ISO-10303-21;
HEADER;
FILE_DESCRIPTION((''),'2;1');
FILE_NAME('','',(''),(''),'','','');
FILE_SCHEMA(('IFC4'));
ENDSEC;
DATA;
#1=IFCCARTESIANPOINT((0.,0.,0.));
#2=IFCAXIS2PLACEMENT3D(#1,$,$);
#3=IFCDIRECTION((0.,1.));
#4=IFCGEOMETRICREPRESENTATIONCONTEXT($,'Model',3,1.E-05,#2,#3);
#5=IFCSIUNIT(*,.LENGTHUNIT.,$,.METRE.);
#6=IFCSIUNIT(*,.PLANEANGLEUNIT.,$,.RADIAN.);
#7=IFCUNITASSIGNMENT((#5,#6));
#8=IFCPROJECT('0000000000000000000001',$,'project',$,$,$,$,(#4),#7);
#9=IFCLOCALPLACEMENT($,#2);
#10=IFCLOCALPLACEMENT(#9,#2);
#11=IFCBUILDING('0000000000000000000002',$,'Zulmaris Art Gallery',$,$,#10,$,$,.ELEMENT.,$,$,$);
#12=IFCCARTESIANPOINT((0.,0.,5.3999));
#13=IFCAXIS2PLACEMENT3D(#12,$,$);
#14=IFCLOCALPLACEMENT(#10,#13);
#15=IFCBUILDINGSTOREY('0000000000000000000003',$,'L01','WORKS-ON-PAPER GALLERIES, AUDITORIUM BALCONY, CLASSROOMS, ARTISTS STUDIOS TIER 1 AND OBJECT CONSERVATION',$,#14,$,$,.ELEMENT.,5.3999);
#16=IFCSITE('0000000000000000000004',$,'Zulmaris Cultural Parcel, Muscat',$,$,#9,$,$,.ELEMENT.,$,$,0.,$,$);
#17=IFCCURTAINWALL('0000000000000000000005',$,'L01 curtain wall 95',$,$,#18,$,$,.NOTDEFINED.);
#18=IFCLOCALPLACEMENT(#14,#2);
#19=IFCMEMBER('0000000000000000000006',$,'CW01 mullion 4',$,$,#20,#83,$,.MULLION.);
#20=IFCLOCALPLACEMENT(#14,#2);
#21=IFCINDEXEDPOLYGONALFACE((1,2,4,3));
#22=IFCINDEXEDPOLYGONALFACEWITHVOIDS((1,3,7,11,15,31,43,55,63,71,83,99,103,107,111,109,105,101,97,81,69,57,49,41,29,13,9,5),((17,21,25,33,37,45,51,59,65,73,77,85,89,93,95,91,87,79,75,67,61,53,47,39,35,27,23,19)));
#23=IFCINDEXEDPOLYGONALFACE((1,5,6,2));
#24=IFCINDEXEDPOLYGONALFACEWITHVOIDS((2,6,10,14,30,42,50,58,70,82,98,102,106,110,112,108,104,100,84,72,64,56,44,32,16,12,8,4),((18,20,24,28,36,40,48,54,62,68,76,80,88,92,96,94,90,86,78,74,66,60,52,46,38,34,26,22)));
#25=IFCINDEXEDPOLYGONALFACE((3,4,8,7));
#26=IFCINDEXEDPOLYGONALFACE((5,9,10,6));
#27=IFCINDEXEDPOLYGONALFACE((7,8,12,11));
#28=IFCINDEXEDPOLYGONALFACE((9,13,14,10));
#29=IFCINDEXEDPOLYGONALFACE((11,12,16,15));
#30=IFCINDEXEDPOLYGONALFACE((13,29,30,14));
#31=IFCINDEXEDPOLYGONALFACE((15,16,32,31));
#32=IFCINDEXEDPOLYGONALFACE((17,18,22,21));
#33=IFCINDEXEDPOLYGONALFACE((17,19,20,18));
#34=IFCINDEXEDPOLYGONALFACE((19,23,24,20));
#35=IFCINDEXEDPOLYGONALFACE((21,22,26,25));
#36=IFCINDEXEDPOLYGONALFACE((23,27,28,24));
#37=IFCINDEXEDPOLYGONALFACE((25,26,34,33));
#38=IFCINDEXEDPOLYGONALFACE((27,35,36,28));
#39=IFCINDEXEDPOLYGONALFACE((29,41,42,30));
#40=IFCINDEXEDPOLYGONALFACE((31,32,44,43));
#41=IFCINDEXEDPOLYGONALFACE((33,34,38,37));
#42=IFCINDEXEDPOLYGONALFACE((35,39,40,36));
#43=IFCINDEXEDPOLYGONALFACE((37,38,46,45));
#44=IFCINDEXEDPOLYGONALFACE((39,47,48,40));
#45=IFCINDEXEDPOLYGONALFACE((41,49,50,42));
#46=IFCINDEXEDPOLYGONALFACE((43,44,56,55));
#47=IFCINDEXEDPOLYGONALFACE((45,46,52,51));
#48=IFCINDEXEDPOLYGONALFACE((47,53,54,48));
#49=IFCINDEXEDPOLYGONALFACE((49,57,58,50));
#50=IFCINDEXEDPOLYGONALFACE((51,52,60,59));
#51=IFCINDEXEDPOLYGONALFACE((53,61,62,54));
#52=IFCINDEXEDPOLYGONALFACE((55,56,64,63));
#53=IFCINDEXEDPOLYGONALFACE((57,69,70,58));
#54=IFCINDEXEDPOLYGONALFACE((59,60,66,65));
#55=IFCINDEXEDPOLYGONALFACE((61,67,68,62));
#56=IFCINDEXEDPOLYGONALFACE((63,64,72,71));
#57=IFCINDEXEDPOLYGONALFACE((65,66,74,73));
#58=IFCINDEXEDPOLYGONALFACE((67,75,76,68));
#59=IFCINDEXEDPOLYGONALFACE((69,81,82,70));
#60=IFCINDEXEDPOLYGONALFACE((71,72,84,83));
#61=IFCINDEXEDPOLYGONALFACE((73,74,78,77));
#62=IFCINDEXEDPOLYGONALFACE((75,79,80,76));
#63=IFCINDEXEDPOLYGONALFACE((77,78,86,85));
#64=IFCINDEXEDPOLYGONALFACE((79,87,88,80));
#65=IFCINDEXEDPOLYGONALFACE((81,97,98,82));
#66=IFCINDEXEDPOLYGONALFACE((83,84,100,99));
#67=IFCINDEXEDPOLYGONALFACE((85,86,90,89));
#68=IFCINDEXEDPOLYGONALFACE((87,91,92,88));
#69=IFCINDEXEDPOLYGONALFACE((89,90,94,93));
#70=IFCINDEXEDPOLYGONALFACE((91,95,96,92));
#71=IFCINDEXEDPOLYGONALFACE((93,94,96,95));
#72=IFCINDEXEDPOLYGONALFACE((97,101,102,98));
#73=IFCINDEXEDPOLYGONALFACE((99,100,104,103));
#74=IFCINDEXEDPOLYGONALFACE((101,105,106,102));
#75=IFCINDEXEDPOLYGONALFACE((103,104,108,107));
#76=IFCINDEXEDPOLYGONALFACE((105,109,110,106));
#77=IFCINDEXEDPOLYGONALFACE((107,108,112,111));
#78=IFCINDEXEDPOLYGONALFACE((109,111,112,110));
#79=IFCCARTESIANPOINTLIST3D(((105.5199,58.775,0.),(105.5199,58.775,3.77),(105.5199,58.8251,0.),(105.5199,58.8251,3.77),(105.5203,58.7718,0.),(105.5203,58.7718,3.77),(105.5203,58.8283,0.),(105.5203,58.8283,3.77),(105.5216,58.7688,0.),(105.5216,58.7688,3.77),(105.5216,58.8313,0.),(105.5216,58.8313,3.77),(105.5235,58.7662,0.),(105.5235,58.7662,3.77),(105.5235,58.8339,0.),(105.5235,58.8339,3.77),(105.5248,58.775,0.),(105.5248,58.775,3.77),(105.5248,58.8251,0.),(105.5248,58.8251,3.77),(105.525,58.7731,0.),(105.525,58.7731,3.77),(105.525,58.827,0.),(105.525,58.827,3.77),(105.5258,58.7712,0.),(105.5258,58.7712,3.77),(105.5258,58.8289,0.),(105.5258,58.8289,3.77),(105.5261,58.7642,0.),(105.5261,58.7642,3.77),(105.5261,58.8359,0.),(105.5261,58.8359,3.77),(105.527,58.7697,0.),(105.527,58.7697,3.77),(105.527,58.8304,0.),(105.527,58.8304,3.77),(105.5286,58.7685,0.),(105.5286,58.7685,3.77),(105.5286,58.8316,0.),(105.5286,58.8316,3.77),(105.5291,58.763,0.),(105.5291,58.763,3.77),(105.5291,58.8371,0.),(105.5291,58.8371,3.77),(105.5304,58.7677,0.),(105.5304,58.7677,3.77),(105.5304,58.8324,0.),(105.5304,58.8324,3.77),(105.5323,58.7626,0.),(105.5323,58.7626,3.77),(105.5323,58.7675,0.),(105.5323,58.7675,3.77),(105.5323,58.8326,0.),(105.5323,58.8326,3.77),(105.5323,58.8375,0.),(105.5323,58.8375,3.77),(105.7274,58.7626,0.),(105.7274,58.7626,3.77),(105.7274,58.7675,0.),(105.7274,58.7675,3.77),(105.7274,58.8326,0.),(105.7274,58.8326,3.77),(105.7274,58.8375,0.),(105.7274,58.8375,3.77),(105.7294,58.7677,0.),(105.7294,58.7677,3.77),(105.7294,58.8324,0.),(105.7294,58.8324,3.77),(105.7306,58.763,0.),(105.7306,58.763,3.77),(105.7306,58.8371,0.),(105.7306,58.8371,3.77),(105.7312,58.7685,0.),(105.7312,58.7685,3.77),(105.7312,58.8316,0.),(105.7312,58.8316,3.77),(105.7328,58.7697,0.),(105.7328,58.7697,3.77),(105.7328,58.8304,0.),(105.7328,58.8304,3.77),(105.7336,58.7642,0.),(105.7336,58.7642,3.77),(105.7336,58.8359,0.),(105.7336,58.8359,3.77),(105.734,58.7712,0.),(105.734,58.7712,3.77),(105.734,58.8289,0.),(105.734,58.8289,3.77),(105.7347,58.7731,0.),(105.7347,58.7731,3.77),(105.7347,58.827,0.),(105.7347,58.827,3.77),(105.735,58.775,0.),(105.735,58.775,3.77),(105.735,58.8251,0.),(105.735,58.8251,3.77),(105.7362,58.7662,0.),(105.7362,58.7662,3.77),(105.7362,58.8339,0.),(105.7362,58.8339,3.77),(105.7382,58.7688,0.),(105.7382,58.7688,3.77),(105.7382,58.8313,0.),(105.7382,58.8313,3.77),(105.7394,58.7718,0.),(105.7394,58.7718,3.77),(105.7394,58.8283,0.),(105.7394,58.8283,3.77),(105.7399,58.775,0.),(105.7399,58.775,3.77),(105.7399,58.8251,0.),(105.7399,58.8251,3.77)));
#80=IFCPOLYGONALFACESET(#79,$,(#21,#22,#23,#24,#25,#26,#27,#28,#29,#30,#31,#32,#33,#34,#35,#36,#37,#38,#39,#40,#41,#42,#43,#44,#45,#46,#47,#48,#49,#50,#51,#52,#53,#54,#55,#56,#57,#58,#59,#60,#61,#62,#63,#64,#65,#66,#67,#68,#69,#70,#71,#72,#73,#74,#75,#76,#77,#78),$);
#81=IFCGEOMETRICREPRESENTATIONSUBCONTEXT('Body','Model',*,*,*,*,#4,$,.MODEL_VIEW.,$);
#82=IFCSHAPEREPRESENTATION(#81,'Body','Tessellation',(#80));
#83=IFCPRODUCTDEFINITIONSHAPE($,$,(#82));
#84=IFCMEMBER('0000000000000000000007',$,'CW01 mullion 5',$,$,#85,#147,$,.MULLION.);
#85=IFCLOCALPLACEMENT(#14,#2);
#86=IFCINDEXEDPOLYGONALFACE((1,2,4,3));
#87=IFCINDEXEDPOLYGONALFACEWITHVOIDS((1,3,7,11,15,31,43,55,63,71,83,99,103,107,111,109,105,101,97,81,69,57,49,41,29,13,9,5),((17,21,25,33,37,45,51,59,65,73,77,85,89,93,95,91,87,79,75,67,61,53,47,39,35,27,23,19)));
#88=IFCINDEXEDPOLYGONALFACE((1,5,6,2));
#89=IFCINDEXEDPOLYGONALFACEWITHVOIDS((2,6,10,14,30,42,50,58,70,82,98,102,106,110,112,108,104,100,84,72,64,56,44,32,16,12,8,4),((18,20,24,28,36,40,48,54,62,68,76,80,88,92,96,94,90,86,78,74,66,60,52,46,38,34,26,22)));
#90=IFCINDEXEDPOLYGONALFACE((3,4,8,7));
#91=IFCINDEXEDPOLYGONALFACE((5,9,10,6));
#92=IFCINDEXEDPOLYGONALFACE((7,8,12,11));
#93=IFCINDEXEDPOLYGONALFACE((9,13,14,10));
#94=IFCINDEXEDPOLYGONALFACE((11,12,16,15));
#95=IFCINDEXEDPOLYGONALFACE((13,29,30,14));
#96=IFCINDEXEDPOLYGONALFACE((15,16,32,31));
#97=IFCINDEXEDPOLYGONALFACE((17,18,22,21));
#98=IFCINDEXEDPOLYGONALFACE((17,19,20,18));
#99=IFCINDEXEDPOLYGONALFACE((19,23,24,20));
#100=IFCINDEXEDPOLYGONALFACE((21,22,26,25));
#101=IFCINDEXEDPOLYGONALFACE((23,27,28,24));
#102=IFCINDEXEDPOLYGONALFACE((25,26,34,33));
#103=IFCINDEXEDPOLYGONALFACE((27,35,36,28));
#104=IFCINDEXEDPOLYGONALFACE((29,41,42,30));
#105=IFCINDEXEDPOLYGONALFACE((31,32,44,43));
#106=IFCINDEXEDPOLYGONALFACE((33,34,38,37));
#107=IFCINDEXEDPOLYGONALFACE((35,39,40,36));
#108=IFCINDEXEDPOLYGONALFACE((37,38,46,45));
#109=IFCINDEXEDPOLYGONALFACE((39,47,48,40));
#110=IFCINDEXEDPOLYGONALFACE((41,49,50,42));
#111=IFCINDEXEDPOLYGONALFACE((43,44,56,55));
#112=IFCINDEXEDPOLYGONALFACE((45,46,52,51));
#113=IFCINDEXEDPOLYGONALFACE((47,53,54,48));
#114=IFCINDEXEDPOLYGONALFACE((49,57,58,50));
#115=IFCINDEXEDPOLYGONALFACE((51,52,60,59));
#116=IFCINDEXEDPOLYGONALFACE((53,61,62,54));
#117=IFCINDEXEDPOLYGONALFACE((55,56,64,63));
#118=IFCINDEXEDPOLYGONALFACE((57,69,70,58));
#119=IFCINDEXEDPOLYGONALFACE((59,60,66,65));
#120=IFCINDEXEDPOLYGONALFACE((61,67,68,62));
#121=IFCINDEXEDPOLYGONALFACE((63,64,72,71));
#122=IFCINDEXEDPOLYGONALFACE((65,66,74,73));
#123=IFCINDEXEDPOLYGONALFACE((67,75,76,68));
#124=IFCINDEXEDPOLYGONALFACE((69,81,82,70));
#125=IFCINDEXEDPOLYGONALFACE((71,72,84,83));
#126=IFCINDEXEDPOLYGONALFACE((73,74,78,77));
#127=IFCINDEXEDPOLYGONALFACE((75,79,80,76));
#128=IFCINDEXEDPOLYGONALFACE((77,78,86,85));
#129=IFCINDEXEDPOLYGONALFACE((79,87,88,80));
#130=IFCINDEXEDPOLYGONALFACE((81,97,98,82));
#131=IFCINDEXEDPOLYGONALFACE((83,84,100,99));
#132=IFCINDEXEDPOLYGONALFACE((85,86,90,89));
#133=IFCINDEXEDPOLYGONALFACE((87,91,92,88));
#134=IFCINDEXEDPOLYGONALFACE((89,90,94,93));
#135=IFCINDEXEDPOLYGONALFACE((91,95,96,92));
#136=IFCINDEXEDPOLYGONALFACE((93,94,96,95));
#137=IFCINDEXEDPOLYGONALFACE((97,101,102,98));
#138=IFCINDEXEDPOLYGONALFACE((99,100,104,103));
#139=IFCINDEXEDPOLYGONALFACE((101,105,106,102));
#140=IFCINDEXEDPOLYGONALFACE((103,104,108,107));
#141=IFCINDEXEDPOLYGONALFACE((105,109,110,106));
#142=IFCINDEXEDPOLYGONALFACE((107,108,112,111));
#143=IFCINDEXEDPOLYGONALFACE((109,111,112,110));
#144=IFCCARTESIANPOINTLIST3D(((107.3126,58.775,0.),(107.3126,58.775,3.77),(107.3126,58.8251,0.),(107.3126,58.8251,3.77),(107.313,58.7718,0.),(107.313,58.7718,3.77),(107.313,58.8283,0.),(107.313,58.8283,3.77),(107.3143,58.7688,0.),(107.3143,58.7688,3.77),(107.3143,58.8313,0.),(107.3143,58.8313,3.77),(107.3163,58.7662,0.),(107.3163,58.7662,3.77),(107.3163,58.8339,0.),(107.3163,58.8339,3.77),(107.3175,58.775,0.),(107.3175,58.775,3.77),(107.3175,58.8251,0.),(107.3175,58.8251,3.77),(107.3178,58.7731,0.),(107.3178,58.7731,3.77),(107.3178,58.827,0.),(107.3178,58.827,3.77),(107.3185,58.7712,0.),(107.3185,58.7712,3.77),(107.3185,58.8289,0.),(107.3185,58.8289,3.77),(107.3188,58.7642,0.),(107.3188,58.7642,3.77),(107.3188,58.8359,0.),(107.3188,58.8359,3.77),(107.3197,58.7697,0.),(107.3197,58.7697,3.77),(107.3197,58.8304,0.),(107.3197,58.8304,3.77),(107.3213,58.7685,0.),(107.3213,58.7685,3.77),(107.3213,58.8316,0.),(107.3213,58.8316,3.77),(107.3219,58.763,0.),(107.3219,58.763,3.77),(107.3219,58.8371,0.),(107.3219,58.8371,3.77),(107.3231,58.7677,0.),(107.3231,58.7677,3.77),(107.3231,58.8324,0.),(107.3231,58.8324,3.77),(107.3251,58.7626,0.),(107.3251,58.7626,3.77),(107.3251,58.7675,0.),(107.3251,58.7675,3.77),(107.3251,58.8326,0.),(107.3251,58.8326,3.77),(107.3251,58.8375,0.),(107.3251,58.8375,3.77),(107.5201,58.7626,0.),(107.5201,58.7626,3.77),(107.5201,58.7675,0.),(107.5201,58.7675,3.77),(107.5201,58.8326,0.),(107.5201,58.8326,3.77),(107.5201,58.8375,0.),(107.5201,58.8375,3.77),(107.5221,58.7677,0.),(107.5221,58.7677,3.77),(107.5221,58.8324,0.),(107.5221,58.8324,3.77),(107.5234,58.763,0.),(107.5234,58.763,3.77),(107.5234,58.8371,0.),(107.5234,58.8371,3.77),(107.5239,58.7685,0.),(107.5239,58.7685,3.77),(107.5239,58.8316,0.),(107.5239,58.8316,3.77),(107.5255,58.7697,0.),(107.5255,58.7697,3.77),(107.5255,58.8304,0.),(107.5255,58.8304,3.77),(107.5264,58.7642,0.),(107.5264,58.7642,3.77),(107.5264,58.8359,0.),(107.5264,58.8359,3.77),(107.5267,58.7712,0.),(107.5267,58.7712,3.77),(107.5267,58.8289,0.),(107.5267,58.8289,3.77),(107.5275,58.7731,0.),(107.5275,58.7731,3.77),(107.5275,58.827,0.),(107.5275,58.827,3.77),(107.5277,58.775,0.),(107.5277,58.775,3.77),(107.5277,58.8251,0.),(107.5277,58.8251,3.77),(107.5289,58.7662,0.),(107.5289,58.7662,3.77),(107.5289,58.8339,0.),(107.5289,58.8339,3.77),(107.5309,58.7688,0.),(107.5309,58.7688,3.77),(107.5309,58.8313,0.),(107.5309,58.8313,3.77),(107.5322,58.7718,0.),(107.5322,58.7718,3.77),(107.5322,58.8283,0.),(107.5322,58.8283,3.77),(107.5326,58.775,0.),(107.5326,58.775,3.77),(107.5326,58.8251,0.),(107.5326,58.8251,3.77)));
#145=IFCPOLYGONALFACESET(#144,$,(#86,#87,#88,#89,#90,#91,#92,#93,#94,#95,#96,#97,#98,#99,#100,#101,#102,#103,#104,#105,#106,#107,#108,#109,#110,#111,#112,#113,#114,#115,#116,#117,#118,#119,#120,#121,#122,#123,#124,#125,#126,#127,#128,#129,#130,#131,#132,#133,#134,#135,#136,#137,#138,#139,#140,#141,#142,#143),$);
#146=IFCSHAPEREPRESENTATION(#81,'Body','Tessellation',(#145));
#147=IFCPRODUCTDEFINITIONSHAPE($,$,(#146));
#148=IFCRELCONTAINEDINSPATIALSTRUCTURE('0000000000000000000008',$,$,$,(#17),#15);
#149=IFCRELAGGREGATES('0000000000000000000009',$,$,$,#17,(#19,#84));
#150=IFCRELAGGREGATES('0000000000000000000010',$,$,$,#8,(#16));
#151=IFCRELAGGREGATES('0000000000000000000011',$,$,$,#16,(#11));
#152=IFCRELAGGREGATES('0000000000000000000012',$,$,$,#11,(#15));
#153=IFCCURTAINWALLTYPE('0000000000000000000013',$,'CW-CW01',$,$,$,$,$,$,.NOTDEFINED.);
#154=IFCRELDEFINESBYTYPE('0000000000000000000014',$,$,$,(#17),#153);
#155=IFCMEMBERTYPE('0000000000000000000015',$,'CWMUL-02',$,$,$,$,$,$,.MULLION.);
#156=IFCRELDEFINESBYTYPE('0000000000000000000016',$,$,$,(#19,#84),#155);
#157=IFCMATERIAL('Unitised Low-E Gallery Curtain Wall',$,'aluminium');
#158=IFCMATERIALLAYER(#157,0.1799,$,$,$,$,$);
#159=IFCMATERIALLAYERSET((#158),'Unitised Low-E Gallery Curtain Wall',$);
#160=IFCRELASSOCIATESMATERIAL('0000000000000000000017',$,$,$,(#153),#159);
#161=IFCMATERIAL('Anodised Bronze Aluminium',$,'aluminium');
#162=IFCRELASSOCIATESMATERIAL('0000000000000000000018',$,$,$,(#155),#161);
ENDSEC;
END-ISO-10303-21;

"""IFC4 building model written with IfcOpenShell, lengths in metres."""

from ifc_helpers import new_model, si_unit, direction, frame, origin, origin_2d, place, context, subcontext, project, spatial, hollow_rectangle, extrude, material, layer, layer_set, material_profile, profile_set, type_object, element, aggregate, save


model = new_model("IFC4")

# Units and contexts
model_context = context("Model", 3, precision=1e-05, world=origin(), true_north=direction((0.0, 1.0)))
body_context = subcontext(model_context, "Body", "Model", "MODEL_VIEW")
ifc_project = project(units=[si_unit("LENGTHUNIT", "METRE"), si_unit("PLANEANGLEUNIT", "RADIAN")], contexts=[model_context])

# Site, building, storey
site_placement = place(None, origin())
site = spatial("IfcSite", under=ifc_project, at=site_placement, Name="Zulmaris Cultural Parcel, Muscat", CompositionType="ELEMENT", RefElevation=0.0)
building_placement = place(site_placement, origin())
building = spatial("IfcBuilding", under=site, at=building_placement, Name="Zulmaris Art Gallery", CompositionType="ELEMENT")
storey_placement = place(building_placement, frame((0.0, 0.0, 5.3999)))
storey = spatial("IfcBuildingStorey", under=building, at=storey_placement, Name="L01", Description="WORKS-ON-PAPER GALLERIES, AUDITORIUM BALCONY, CLASSROOMS, ARTISTS STUDIOS TIER 1 AND OBJECT CONSERVATION", CompositionType="ELEMENT", Elevation=5.3999)

# Curtain wall, members
ifc_material_1 = material(Name="Unitised Low-E Gallery Curtain Wall", Category="aluminium")
ifc_layer_1 = layer(ifc_material_1, 0.1799)
ifc_layer_set_1 = layer_set([ifc_layer_1], Name="Unitised Low-E Gallery Curtain Wall")
curtain_wall_type = type_object("IfcCurtainWallType", Name="CW-CW01", PredefinedType="NOTDEFINED", material=ifc_layer_set_1)
curtain_wall_placement = place(storey_placement, origin())
curtain_wall = element("IfcCurtainWall", 1, at=curtain_wall_placement, inside=storey, type_object=curtain_wall_type, Name="L01 curtain wall 95", PredefinedType="NOTDEFINED")
ifc_material_2 = material(Name="Anodised Bronze Aluminium", Category="aluminium")
ifc_material_profile_1 = material_profile(ifc_material_2, hollow_rectangle(XDim=0.075, YDim=0.22, WallThickness=0.0049, InnerFilletRadius=0.0076, OuterFilletRadius=0.0125, at=origin_2d()), Name="ALU 75x220x5")
ifc_profile_set_1 = profile_set([ifc_material_profile_1], Name="Anodised Bronze Aluminium")
member_type_1 = type_object("IfcMemberType", Name="CWMUL-02", PredefinedType="MULLION", material=ifc_profile_set_1)
member_1_placement = place(storey_placement, frame((105.6299, 58.8, 0.0), z_axis=(0.0, 0.0, 1.0), x_axis=(0.0, 1.0, 0.0)))
member_1 = element("IfcMember", 2, at=member_1_placement, type_object=member_type_1, Name="CW01 mullion 4", PredefinedType="MULLION", context=body_context, shape_type="SweptSolid", body=[
    extrude(hollow_rectangle(XDim=0.075, YDim=0.22, WallThickness=0.0049, InnerFilletRadius=0.0076, OuterFilletRadius=0.0125, at=origin_2d()), origin(), (0.0, 0.0, 1.0), 3.77),
])
member_2_placement = place(storey_placement, frame((107.4226, 58.8, 0.0), z_axis=(0.0, 0.0, 1.0), x_axis=(0.0, 1.0, 0.0)))
member_2 = element("IfcMember", 3, at=member_2_placement, type_object=member_type_1, Name="CW01 mullion 5", PredefinedType="MULLION", context=body_context, shape_type="SweptSolid", body=[
    extrude(hollow_rectangle(XDim=0.075, YDim=0.22, WallThickness=0.0049, InnerFilletRadius=0.0076, OuterFilletRadius=0.0125, at=origin_2d()), origin(), (0.0, 0.0, 1.0), 3.77),
])
aggregate(curtain_wall, [member_1, member_2])

save(model, "model.ifc")
